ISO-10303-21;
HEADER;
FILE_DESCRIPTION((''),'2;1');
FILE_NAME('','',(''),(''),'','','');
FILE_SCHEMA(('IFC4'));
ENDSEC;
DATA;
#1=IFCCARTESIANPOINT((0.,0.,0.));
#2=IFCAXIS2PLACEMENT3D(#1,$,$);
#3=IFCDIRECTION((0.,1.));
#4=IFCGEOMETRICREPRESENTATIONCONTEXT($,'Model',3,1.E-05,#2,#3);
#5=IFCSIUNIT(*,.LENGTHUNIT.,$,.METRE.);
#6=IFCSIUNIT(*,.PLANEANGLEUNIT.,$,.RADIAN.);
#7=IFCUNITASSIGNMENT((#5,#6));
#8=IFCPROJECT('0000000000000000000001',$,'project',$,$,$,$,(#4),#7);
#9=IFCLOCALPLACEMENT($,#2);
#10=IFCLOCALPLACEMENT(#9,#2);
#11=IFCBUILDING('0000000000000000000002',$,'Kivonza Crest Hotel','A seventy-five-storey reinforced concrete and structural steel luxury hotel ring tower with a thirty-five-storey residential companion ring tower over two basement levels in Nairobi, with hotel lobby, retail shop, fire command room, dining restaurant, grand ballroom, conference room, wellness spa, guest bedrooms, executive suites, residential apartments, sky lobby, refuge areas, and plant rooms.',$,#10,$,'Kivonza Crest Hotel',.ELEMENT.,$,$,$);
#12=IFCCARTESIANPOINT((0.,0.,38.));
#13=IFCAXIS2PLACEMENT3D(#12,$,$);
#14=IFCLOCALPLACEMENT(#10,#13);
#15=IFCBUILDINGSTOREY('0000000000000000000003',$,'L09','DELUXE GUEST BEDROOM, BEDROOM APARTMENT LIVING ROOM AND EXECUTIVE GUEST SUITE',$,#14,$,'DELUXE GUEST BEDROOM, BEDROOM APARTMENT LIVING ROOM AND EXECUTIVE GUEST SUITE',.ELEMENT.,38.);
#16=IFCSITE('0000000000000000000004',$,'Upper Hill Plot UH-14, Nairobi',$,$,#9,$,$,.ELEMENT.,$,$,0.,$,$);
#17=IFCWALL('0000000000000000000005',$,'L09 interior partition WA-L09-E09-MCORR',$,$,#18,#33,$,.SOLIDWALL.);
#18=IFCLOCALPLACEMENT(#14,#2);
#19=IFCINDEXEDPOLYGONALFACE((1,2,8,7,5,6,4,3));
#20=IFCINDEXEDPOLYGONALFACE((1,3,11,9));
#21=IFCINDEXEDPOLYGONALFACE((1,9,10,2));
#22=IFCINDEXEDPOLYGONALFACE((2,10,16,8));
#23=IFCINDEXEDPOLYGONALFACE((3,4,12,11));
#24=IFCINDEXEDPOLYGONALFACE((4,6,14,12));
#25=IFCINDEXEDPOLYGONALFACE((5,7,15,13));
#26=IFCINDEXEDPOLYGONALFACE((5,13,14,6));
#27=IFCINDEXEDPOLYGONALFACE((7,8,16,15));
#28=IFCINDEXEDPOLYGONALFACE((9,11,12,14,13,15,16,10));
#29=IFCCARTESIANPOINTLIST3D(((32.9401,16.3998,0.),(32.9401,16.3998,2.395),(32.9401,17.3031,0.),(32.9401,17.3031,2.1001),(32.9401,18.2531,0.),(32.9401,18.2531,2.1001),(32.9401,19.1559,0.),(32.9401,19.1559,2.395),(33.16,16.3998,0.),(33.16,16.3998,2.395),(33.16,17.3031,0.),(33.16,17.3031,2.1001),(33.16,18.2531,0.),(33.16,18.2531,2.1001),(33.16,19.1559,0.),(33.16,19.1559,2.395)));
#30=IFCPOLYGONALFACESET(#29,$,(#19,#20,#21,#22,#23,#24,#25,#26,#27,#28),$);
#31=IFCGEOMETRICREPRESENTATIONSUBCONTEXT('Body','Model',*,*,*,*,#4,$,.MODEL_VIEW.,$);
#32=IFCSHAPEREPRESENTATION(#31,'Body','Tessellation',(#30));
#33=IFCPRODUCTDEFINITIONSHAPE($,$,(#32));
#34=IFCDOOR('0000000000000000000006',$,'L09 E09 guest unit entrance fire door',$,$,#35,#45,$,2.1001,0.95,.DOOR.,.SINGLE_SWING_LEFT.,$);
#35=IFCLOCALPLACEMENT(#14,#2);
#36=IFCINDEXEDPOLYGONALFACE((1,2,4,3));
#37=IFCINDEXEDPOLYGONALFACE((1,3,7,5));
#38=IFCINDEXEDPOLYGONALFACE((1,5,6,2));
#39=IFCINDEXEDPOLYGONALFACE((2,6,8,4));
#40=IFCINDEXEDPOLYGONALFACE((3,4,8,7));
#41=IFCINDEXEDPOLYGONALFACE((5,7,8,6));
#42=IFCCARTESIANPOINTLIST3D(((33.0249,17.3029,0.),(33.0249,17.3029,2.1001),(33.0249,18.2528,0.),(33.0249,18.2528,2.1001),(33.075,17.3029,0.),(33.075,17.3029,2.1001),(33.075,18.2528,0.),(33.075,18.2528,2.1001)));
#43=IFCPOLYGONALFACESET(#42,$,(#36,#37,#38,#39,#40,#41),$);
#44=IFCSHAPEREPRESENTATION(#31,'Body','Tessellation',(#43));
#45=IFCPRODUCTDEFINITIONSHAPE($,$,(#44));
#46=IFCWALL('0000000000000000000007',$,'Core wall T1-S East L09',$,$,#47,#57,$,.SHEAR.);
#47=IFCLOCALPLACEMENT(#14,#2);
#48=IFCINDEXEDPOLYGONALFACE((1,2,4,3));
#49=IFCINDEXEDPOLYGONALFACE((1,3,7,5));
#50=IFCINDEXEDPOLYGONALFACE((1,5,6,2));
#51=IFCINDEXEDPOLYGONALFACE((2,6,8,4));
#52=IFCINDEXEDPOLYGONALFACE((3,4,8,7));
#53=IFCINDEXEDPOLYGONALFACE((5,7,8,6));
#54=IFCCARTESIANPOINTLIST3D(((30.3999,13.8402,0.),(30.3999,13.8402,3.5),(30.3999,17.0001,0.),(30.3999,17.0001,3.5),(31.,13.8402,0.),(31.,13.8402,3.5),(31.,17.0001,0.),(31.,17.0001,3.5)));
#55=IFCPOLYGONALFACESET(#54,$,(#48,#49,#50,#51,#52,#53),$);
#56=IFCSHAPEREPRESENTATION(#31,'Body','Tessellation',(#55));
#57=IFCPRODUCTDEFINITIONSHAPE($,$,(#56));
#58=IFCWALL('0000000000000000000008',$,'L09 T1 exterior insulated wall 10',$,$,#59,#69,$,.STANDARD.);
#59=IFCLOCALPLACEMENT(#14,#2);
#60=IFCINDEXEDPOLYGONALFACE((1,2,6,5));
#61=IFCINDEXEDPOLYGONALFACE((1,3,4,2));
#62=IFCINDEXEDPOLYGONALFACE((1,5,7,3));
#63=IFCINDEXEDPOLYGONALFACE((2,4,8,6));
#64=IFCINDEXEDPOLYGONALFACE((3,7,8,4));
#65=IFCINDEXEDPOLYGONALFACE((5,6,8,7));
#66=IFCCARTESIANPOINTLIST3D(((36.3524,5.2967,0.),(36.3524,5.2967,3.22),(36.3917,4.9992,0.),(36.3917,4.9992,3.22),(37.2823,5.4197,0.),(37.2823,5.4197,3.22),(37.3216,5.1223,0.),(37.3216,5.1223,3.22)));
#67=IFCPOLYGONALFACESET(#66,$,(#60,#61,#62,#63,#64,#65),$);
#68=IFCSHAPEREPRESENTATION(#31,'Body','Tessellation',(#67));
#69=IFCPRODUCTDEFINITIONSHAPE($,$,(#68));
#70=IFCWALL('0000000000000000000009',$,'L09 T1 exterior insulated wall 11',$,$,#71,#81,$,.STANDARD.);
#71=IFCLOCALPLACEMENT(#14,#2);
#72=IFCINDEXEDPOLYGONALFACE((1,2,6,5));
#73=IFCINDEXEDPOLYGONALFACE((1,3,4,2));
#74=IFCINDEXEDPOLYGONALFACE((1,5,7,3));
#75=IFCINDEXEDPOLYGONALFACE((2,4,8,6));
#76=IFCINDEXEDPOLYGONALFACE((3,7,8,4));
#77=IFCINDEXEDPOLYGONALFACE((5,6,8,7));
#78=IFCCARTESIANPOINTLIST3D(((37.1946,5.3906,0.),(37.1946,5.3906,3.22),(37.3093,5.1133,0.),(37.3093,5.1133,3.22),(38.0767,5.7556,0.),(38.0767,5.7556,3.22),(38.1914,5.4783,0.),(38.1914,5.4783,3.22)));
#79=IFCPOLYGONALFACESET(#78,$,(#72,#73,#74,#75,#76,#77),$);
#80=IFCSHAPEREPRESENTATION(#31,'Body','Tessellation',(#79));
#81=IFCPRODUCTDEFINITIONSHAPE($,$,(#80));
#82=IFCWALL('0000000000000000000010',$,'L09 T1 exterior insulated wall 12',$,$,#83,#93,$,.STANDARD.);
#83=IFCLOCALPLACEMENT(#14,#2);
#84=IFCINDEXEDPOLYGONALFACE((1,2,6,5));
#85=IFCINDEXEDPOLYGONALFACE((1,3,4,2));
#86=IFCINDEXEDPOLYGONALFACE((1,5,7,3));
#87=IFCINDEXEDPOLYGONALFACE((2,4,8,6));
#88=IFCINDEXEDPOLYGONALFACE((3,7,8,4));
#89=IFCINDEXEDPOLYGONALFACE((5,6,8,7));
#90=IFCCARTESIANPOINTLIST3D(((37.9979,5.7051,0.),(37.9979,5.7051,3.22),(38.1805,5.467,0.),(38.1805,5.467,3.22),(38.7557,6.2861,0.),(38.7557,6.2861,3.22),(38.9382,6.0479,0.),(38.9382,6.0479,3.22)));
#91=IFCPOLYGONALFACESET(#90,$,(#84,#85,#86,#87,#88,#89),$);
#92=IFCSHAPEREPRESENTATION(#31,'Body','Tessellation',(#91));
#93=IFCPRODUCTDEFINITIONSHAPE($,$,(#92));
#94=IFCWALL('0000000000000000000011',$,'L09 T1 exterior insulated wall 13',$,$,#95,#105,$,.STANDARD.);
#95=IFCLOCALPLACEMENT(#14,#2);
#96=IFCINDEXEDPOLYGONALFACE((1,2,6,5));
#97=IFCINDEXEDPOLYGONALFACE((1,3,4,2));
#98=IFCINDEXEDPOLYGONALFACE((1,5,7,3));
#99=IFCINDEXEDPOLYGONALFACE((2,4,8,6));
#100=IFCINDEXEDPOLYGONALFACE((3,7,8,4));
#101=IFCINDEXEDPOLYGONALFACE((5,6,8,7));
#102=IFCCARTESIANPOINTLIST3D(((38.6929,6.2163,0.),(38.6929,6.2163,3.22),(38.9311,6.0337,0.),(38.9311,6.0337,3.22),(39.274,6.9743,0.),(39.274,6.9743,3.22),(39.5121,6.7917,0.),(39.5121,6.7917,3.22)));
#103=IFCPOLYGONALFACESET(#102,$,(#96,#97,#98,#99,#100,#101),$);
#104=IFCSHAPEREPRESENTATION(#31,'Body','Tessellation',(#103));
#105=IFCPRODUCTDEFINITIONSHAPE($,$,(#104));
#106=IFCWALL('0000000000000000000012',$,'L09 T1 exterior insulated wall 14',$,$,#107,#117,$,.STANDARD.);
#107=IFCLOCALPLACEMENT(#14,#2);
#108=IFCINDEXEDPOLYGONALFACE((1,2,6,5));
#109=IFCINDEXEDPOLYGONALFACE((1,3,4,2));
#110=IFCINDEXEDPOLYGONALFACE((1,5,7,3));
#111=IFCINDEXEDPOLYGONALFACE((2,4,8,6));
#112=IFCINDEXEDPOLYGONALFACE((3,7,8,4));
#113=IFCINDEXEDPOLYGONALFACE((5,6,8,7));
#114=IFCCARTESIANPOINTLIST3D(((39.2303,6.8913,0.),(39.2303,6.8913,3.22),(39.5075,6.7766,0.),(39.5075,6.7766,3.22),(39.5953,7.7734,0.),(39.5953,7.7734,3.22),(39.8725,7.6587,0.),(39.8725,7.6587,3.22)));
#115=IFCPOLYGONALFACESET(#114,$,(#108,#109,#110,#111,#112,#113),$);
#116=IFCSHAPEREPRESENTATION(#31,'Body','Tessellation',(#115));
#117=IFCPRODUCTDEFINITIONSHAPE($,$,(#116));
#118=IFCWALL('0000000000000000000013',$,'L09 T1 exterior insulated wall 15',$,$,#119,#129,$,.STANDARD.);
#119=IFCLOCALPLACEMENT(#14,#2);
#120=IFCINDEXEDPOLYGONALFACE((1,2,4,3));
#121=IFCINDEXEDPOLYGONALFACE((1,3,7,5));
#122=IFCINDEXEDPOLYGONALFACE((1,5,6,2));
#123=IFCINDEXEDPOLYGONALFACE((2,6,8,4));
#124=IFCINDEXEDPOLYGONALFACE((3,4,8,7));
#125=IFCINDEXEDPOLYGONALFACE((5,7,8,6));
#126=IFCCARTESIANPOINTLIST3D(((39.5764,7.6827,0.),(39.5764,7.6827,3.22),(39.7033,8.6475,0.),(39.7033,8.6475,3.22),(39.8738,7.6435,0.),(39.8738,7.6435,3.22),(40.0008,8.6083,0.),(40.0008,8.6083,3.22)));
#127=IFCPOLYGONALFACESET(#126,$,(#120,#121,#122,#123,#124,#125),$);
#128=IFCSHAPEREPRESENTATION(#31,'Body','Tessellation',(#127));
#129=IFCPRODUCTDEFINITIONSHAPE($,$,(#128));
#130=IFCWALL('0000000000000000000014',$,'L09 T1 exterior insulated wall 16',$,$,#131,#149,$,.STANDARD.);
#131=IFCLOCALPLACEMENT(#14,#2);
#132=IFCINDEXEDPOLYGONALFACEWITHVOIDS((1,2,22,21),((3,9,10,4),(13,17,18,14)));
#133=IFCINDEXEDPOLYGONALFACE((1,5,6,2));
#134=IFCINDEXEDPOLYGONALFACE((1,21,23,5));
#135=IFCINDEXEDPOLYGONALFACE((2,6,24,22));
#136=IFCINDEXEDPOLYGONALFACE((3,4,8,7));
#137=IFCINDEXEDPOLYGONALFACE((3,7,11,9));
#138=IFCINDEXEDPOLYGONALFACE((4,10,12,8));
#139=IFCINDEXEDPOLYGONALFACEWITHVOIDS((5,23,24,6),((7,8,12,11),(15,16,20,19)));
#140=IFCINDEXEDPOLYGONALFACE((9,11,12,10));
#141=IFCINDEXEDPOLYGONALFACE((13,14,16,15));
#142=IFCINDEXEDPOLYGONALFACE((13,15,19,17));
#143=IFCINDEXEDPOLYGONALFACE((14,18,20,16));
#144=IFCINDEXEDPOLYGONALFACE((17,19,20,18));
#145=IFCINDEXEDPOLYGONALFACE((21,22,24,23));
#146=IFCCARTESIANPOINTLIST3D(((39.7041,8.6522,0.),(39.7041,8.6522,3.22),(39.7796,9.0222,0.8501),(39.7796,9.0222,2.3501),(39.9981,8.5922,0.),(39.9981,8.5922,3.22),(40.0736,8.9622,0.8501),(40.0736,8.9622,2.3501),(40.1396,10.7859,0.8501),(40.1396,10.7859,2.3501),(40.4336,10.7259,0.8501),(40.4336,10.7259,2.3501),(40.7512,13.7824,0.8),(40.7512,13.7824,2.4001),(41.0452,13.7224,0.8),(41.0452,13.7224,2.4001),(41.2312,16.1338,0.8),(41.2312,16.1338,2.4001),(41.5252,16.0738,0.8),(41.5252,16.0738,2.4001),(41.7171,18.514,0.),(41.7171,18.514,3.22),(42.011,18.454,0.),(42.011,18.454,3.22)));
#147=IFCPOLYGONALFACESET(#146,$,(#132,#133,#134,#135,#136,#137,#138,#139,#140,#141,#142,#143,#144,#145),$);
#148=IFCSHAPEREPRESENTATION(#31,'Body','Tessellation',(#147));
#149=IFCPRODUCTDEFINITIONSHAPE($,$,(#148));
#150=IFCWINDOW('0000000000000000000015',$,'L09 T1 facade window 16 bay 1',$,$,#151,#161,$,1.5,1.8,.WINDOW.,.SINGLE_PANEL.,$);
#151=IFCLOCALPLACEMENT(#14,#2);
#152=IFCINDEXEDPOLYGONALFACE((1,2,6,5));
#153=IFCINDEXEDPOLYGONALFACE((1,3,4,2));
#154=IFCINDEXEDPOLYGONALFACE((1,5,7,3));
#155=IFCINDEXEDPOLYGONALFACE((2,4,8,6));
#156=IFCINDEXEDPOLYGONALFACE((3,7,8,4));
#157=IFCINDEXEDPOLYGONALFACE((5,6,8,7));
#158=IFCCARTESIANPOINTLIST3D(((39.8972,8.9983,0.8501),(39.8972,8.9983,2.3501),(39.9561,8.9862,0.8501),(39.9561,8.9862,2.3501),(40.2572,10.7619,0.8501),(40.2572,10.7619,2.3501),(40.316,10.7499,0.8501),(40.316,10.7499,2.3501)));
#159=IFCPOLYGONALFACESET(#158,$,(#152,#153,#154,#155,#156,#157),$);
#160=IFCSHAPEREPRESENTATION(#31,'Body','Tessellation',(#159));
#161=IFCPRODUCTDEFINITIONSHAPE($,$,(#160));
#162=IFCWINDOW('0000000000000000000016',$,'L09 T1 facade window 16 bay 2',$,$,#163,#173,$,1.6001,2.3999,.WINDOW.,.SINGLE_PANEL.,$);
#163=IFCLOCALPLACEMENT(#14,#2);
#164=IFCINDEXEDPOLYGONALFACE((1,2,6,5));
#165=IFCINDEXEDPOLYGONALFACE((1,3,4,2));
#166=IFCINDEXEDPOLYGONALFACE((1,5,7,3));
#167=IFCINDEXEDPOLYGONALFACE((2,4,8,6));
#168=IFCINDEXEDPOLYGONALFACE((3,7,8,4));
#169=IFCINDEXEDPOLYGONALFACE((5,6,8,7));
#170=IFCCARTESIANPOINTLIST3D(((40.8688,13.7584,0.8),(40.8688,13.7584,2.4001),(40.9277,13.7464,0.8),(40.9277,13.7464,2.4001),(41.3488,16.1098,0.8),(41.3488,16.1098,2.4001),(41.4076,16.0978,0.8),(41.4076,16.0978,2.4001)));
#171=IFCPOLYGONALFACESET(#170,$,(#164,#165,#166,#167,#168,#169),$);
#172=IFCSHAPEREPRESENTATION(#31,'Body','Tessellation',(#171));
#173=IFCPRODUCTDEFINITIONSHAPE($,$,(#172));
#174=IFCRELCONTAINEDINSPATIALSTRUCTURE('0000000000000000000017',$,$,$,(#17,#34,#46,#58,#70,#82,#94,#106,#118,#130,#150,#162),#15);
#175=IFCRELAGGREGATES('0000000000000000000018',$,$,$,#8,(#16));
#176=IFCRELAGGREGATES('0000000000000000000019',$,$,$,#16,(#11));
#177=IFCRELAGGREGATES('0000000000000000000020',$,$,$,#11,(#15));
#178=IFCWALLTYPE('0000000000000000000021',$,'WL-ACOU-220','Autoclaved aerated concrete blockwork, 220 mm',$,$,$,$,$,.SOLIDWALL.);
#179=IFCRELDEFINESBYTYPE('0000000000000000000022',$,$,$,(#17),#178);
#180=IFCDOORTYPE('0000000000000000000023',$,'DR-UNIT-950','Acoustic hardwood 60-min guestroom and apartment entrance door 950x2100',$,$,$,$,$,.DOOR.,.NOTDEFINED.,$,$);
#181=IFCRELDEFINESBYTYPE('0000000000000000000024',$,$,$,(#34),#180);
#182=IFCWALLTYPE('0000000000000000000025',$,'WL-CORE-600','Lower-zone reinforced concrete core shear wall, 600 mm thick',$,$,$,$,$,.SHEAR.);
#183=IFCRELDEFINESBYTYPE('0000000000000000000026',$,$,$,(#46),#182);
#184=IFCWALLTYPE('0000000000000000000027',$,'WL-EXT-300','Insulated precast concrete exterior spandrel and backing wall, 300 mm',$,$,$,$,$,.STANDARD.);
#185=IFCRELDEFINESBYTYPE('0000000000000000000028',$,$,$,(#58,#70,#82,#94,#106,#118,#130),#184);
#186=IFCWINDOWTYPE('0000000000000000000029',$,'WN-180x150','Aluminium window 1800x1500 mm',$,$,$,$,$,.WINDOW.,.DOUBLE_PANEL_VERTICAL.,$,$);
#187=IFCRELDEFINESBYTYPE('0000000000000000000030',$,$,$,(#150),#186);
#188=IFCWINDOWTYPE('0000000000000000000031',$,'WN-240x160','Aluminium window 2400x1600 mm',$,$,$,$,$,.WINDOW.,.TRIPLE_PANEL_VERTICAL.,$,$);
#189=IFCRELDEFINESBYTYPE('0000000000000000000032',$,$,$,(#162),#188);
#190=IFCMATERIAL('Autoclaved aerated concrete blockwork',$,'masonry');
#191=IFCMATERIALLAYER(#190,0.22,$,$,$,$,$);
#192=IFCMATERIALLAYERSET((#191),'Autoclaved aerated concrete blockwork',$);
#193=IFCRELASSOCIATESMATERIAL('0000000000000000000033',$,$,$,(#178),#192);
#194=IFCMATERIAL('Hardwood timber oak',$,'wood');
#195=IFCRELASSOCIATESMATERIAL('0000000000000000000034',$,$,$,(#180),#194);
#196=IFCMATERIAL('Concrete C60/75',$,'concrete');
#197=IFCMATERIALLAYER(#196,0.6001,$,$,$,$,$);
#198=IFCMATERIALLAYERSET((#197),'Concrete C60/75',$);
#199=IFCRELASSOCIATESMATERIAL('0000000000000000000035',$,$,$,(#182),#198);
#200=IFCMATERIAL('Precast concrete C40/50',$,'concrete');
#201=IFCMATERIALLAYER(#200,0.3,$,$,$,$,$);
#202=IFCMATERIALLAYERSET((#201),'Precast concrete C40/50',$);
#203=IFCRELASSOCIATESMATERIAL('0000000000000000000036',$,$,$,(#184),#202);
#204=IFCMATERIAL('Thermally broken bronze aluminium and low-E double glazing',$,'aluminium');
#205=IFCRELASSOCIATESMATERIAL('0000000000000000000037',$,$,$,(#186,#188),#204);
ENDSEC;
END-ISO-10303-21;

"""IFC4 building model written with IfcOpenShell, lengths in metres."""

from ifc_helpers import new_model, si_unit, direction, frame, frame_2d, origin, place, context, subcontext, project, spatial, rectangle, extrude, material, layer, layer_set, type_object, element, fill, save


model = new_model("IFC4")

# Units and contexts
model_context = context("Model", 3, precision=1e-05, world=origin(), true_north=direction((0.0, 1.0)))
body_context = subcontext(model_context, "Body", "Model", "MODEL_VIEW")
ifc_project = project(units=[si_unit("LENGTHUNIT", "METRE"), si_unit("PLANEANGLEUNIT", "RADIAN")], contexts=[model_context])

# Site, building, storey
site_placement = place(None, origin())
site = spatial("IfcSite", under=ifc_project, at=site_placement, Name="Upper Hill Plot UH-14, Nairobi", CompositionType="ELEMENT", RefElevation=0.0)
building_placement = place(site_placement, origin())
building = spatial("IfcBuilding", under=site, at=building_placement, Name="Kivonza Crest Hotel", Description="A seventy-five-storey reinforced concrete and structural steel luxury hotel ring tower with a thirty-five-storey residential companion ring tower over two basement levels in Nairobi, with hotel lobby, retail shop, fire command room, dining restaurant, grand ballroom, conference room, wellness spa, guest bedrooms, executive suites, residential apartments, sky lobby, refuge areas, and plant rooms.", LongName="Kivonza Crest Hotel", CompositionType="ELEMENT")
storey_placement = place(building_placement, frame((0.0, 0.0, 38.0)))
storey = spatial("IfcBuildingStorey", under=building, at=storey_placement, Name="L09", Description="DELUXE GUEST BEDROOM, BEDROOM APARTMENT LIVING ROOM AND EXECUTIVE GUEST SUITE", LongName="DELUXE GUEST BEDROOM, BEDROOM APARTMENT LIVING ROOM AND EXECUTIVE GUEST SUITE", CompositionType="ELEMENT", Elevation=38.0)

# Shared definitions
ifc_material_1 = material(Name="Concrete C60/75", Category="concrete")

# Shared definitions
ifc_material_2 = material(Name="Autoclaved aerated concrete blockwork", Category="masonry")
ifc_layer_1 = layer(ifc_material_2, 0.22)
ifc_layer_set_1 = layer_set([ifc_layer_1], Name="Autoclaved aerated concrete blockwork")
wall_type_1 = type_object("IfcWallType", Name="WL-ACOU-220", Description="Autoclaved aerated concrete blockwork, 220 mm", PredefinedType="SOLIDWALL", material=ifc_layer_set_1)
ifc_material_3 = material(Name="Hardwood timber oak", Category="wood")

# Wall, opening, door
wall_1_placement = place(storey_placement, frame((33.05, 16.3999, 0.0), z_axis=(0.0, 0.0, 1.0), x_axis=(0.0, 1.0, 0.0)))
wall_1 = element("IfcWall", 1, at=wall_1_placement, inside=storey, type_object=wall_type_1, Name="L09 interior partition WA-L09-E09-MCORR", PredefinedType="SOLIDWALL", context=body_context, shape_type="SweptSolid", body=[
    extrude(rectangle(XDim=2.7561, YDim=0.22, at=frame_2d((1.3779, 0.0))), origin(), (0.0, 0.0, 1.0), 2.395),
])
opening_1_placement = place(wall_1_placement, frame((0.9031, 0.0, 0.0)))
opening_1 = element("IfcOpeningElement", 2, at=opening_1_placement, cuts=wall_1, PredefinedType="OPENING", context=body_context, shape_type="SweptSolid", body=[
    extrude(rectangle(XDim=0.95, YDim=2.1001, at=frame_2d((0.4751, 1.05))), frame((0.0, 0.1201, 0.0), z_axis=(0.0, -1.0, 0.0), x_axis=(1.0, 0.0, 0.0)), (0.0, 0.0, 1.0), 0.24),
])
door_type_1 = type_object("IfcDoorType", Name="DR-UNIT-950", Description="Acoustic hardwood 60-min guestroom and apartment entrance door 950x2100", OperationType="NOTDEFINED", PredefinedType="DOOR", material=ifc_material_3)
door_1_placement = place(opening_1_placement, frame((0.95, 0.0, 0.0), z_axis=(0.0, 0.0, 1.0), x_axis=(-1.0, 0.0, 0.0)))
door_1 = element("IfcDoor", 3, at=door_1_placement, inside=storey, type_object=door_type_1, Name="L09 E09 guest unit entrance fire door", OperationType="SINGLE_SWING_LEFT", OverallHeight=2.1001, OverallWidth=0.95, PredefinedType="DOOR", context=body_context, shape_type="SweptSolid", body=[
    extrude(rectangle(XDim=0.95, YDim=2.1001, at=frame_2d((0.4751, 1.05))), frame((0.0, 0.0249, 0.0), z_axis=(0.0, -1.0, 0.0), x_axis=(1.0, 0.0, 0.0)), (0.0, 0.0, 1.0), 0.05),
])
fill(opening_1, door_1)

# Walls
ifc_layer_2 = layer(ifc_material_1, 0.6001)
ifc_layer_set_2 = layer_set([ifc_layer_2], Name="Concrete C60/75")
wall_type_2 = type_object("IfcWallType", Name="WL-CORE-600", Description="Lower-zone reinforced concrete core shear wall, 600 mm thick", PredefinedType="SHEAR", material=ifc_layer_set_2)
wall_2_placement = place(storey_placement, frame((30.7, 13.8401, 0.0), z_axis=(0.0, 0.0, 1.0), x_axis=(0.0, 1.0, 0.0)))
element("IfcWall", 4, at=wall_2_placement, inside=storey, type_object=wall_type_2, Name="Core wall T1-S East L09", PredefinedType="SHEAR", context=body_context, shape_type="SweptSolid", body=[
    extrude(rectangle(XDim=3.1599, YDim=0.6001, at=frame_2d((1.5801, 0.0))), origin(), (0.0, 0.0, 1.0), 3.5),
])
ifc_material_4 = material(Name="Precast concrete C40/50", Category="concrete")
ifc_layer_3 = layer(ifc_material_4, 0.3)
ifc_layer_set_3 = layer_set([ifc_layer_3], Name="Precast concrete C40/50")
wall_type_3 = type_object("IfcWallType", Name="WL-EXT-300", Description="Insulated precast concrete exterior spandrel and backing wall, 300 mm", PredefinedType="STANDARD", material=ifc_layer_set_3)
wall_3_placement = place(storey_placement, frame((36.3721, 5.1479, 0.0), z_axis=(0.0, 0.0, 1.0), x_axis=(0.991359, 0.131175, 0.0)))
element("IfcWall", 5, at=wall_3_placement, inside=storey, type_object=wall_type_3, Name="L09 T1 exterior insulated wall 10", PredefinedType="STANDARD", context=body_context, shape_type="SweptSolid", body=[
    extrude(rectangle(XDim=0.938, YDim=0.3, at=frame_2d((0.469, 0.0))), origin(), (0.0, 0.0, 1.0), 3.22),
])
wall_4_placement = place(storey_placement, frame((37.252, 5.252, 0.0), z_axis=(0.0, 0.0, 1.0), x_axis=(0.92402, 0.382344, 0.0)))
element("IfcWall", 6, at=wall_4_placement, inside=storey, type_object=wall_type_3, Name="L09 T1 exterior insulated wall 11", PredefinedType="STANDARD", context=body_context, shape_type="SweptSolid", body=[
    extrude(rectangle(XDim=0.9546, YDim=0.3, at=frame_2d((0.4773, 0.0))), origin(), (0.0, 0.0, 1.0), 3.22),
])
wall_5_placement = place(storey_placement, frame((38.0891, 5.5859, 0.0), z_axis=(0.0, 0.0, 1.0), x_axis=(0.793573, 0.608474, 0.0)))
element("IfcWall", 7, at=wall_5_placement, inside=storey, type_object=wall_type_3, Name="L09 T1 exterior insulated wall 12", PredefinedType="STANDARD", context=body_context, shape_type="SweptSolid", body=[
    extrude(rectangle(XDim=0.9548, YDim=0.3, at=frame_2d((0.4775, 0.0))), origin(), (0.0, 0.0, 1.0), 3.22),
])
wall_6_placement = place(storey_placement, frame((38.812, 6.125, 0.0), z_axis=(0.0, 0.0, 1.0), x_axis=(0.608351, 0.793668, 0.0)))
element("IfcWall", 8, at=wall_6_placement, inside=storey, type_object=wall_type_3, Name="L09 T1 exterior insulated wall 13", PredefinedType="STANDARD", context=body_context, shape_type="SweptSolid", body=[
    extrude(rectangle(XDim=0.9551, YDim=0.3, at=frame_2d((0.4775, 0.0))), origin(), (0.0, 0.0, 1.0), 3.22),
])
wall_7_placement = place(storey_placement, frame((39.3689, 6.834, 0.0), z_axis=(0.0, 0.0, 1.0), x_axis=(0.382344, 0.92402, 0.0)))
element("IfcWall", 9, at=wall_7_placement, inside=storey, type_object=wall_type_3, Name="L09 T1 exterior insulated wall 14", PredefinedType="STANDARD", context=body_context, shape_type="SweptSolid", body=[
    extrude(rectangle(XDim=0.9546, YDim=0.3, at=frame_2d((0.4773, 0.0))), origin(), (0.0, 0.0, 1.0), 3.22),
])
wall_8_placement = place(storey_placement, frame((39.7251, 7.6631, 0.0), z_axis=(0.0, 0.0, 1.0), x_axis=(0.130455, 0.991454, 0.0)))
element("IfcWall", 10, at=wall_8_placement, inside=storey, type_object=wall_type_3, Name="L09 T1 exterior insulated wall 15", PredefinedType="STANDARD", context=body_context, shape_type="SweptSolid", body=[
    extrude(rectangle(XDim=0.9731, YDim=0.3, at=frame_2d((0.4866, 0.0))), origin(), (0.0, 0.0, 1.0), 3.22),
])

# Wall, openings, windows
wall_9_placement = place(storey_placement, frame((39.8511, 8.6221, 0.0), z_axis=(0.0, 0.0, 1.0), x_axis=(0.199991, 0.979798, 0.0)))
wall_9 = element("IfcWall", 11, at=wall_9_placement, inside=storey, type_object=wall_type_3, Name="L09 T1 exterior insulated wall 16", PredefinedType="STANDARD", context=body_context, shape_type="SweptSolid", body=[
    extrude(rectangle(XDim=10.0652, YDim=0.3, at=frame_2d((5.0327, 0.0))), origin(), (0.0, 0.0, 1.0), 3.22),
])
opening_2_placement = place(wall_9_placement, frame((0.3779, 0.0, 0.8501)))
opening_2 = element("IfcOpeningElement", 12, at=opening_2_placement, cuts=wall_9, PredefinedType="OPENING", context=body_context, shape_type="SweptSolid", body=[
    extrude(rectangle(XDim=1.8, YDim=1.5, at=frame_2d((0.8999, 0.75))), frame((0.0, 0.1602, 0.0), z_axis=(0.0, -1.0, 0.0), x_axis=(1.0, 0.0, 0.0)), (0.0, 0.0, 1.0), 0.3201),
])
opening_3_placement = place(wall_9_placement, frame((5.2361, 0.0, 0.8)))
opening_3 = element("IfcOpeningElement", 13, at=opening_3_placement, cuts=wall_9, PredefinedType="OPENING", context=body_context, shape_type="SweptSolid", body=[
    extrude(rectangle(XDim=2.3999, YDim=1.6001, at=frame_2d((1.2, 0.8))), frame((0.0, 0.1602, 0.0), z_axis=(0.0, -1.0, 0.0), x_axis=(1.0, 0.0, 0.0)), (0.0, 0.0, 1.0), 0.3201),
])
ifc_material_5 = material(Name="Thermally broken bronze aluminium and low-E double glazing", Category="aluminium")
window_type_1 = type_object("IfcWindowType", Name="WN-180x150", Description="Aluminium window 1800x1500 mm", PartitioningType="DOUBLE_PANEL_VERTICAL", PredefinedType="WINDOW", material=ifc_material_5)
window_1_placement = place(opening_2_placement, origin())
window_1 = element("IfcWindow", 14, at=window_1_placement, inside=storey, type_object=window_type_1, Name="L09 T1 facade window 16 bay 1", OverallHeight=1.5, OverallWidth=1.8, PartitioningType="SINGLE_PANEL", PredefinedType="WINDOW", context=body_context, shape_type="SweptSolid", body=[
    extrude(rectangle(XDim=1.8, YDim=1.5, at=frame_2d((0.8999, 0.75))), frame((0.0, 0.03, 0.0), z_axis=(0.0, -1.0, 0.0), x_axis=(1.0, 0.0, 0.0)), (0.0, 0.0, 1.0), 0.0601),
])
fill(opening_2, window_1)
window_type_2 = type_object("IfcWindowType", Name="WN-240x160", Description="Aluminium window 2400x1600 mm", PartitioningType="TRIPLE_PANEL_VERTICAL", PredefinedType="WINDOW", material=ifc_material_5)
window_2_placement = place(opening_3_placement, origin())
window_2 = element("IfcWindow", 15, at=window_2_placement, inside=storey, type_object=window_type_2, Name="L09 T1 facade window 16 bay 2", OverallHeight=1.6001, OverallWidth=2.3999, PartitioningType="SINGLE_PANEL", PredefinedType="WINDOW", context=body_context, shape_type="SweptSolid", body=[
    extrude(rectangle(XDim=2.3999, YDim=1.6001, at=frame_2d((1.2, 0.8))), frame((0.0, 0.03, 0.0), z_axis=(0.0, -1.0, 0.0), x_axis=(1.0, 0.0, 0.0)), (0.0, 0.0, 1.0), 0.0601),
])
fill(opening_3, window_2)

save(model, "model.ifc")
